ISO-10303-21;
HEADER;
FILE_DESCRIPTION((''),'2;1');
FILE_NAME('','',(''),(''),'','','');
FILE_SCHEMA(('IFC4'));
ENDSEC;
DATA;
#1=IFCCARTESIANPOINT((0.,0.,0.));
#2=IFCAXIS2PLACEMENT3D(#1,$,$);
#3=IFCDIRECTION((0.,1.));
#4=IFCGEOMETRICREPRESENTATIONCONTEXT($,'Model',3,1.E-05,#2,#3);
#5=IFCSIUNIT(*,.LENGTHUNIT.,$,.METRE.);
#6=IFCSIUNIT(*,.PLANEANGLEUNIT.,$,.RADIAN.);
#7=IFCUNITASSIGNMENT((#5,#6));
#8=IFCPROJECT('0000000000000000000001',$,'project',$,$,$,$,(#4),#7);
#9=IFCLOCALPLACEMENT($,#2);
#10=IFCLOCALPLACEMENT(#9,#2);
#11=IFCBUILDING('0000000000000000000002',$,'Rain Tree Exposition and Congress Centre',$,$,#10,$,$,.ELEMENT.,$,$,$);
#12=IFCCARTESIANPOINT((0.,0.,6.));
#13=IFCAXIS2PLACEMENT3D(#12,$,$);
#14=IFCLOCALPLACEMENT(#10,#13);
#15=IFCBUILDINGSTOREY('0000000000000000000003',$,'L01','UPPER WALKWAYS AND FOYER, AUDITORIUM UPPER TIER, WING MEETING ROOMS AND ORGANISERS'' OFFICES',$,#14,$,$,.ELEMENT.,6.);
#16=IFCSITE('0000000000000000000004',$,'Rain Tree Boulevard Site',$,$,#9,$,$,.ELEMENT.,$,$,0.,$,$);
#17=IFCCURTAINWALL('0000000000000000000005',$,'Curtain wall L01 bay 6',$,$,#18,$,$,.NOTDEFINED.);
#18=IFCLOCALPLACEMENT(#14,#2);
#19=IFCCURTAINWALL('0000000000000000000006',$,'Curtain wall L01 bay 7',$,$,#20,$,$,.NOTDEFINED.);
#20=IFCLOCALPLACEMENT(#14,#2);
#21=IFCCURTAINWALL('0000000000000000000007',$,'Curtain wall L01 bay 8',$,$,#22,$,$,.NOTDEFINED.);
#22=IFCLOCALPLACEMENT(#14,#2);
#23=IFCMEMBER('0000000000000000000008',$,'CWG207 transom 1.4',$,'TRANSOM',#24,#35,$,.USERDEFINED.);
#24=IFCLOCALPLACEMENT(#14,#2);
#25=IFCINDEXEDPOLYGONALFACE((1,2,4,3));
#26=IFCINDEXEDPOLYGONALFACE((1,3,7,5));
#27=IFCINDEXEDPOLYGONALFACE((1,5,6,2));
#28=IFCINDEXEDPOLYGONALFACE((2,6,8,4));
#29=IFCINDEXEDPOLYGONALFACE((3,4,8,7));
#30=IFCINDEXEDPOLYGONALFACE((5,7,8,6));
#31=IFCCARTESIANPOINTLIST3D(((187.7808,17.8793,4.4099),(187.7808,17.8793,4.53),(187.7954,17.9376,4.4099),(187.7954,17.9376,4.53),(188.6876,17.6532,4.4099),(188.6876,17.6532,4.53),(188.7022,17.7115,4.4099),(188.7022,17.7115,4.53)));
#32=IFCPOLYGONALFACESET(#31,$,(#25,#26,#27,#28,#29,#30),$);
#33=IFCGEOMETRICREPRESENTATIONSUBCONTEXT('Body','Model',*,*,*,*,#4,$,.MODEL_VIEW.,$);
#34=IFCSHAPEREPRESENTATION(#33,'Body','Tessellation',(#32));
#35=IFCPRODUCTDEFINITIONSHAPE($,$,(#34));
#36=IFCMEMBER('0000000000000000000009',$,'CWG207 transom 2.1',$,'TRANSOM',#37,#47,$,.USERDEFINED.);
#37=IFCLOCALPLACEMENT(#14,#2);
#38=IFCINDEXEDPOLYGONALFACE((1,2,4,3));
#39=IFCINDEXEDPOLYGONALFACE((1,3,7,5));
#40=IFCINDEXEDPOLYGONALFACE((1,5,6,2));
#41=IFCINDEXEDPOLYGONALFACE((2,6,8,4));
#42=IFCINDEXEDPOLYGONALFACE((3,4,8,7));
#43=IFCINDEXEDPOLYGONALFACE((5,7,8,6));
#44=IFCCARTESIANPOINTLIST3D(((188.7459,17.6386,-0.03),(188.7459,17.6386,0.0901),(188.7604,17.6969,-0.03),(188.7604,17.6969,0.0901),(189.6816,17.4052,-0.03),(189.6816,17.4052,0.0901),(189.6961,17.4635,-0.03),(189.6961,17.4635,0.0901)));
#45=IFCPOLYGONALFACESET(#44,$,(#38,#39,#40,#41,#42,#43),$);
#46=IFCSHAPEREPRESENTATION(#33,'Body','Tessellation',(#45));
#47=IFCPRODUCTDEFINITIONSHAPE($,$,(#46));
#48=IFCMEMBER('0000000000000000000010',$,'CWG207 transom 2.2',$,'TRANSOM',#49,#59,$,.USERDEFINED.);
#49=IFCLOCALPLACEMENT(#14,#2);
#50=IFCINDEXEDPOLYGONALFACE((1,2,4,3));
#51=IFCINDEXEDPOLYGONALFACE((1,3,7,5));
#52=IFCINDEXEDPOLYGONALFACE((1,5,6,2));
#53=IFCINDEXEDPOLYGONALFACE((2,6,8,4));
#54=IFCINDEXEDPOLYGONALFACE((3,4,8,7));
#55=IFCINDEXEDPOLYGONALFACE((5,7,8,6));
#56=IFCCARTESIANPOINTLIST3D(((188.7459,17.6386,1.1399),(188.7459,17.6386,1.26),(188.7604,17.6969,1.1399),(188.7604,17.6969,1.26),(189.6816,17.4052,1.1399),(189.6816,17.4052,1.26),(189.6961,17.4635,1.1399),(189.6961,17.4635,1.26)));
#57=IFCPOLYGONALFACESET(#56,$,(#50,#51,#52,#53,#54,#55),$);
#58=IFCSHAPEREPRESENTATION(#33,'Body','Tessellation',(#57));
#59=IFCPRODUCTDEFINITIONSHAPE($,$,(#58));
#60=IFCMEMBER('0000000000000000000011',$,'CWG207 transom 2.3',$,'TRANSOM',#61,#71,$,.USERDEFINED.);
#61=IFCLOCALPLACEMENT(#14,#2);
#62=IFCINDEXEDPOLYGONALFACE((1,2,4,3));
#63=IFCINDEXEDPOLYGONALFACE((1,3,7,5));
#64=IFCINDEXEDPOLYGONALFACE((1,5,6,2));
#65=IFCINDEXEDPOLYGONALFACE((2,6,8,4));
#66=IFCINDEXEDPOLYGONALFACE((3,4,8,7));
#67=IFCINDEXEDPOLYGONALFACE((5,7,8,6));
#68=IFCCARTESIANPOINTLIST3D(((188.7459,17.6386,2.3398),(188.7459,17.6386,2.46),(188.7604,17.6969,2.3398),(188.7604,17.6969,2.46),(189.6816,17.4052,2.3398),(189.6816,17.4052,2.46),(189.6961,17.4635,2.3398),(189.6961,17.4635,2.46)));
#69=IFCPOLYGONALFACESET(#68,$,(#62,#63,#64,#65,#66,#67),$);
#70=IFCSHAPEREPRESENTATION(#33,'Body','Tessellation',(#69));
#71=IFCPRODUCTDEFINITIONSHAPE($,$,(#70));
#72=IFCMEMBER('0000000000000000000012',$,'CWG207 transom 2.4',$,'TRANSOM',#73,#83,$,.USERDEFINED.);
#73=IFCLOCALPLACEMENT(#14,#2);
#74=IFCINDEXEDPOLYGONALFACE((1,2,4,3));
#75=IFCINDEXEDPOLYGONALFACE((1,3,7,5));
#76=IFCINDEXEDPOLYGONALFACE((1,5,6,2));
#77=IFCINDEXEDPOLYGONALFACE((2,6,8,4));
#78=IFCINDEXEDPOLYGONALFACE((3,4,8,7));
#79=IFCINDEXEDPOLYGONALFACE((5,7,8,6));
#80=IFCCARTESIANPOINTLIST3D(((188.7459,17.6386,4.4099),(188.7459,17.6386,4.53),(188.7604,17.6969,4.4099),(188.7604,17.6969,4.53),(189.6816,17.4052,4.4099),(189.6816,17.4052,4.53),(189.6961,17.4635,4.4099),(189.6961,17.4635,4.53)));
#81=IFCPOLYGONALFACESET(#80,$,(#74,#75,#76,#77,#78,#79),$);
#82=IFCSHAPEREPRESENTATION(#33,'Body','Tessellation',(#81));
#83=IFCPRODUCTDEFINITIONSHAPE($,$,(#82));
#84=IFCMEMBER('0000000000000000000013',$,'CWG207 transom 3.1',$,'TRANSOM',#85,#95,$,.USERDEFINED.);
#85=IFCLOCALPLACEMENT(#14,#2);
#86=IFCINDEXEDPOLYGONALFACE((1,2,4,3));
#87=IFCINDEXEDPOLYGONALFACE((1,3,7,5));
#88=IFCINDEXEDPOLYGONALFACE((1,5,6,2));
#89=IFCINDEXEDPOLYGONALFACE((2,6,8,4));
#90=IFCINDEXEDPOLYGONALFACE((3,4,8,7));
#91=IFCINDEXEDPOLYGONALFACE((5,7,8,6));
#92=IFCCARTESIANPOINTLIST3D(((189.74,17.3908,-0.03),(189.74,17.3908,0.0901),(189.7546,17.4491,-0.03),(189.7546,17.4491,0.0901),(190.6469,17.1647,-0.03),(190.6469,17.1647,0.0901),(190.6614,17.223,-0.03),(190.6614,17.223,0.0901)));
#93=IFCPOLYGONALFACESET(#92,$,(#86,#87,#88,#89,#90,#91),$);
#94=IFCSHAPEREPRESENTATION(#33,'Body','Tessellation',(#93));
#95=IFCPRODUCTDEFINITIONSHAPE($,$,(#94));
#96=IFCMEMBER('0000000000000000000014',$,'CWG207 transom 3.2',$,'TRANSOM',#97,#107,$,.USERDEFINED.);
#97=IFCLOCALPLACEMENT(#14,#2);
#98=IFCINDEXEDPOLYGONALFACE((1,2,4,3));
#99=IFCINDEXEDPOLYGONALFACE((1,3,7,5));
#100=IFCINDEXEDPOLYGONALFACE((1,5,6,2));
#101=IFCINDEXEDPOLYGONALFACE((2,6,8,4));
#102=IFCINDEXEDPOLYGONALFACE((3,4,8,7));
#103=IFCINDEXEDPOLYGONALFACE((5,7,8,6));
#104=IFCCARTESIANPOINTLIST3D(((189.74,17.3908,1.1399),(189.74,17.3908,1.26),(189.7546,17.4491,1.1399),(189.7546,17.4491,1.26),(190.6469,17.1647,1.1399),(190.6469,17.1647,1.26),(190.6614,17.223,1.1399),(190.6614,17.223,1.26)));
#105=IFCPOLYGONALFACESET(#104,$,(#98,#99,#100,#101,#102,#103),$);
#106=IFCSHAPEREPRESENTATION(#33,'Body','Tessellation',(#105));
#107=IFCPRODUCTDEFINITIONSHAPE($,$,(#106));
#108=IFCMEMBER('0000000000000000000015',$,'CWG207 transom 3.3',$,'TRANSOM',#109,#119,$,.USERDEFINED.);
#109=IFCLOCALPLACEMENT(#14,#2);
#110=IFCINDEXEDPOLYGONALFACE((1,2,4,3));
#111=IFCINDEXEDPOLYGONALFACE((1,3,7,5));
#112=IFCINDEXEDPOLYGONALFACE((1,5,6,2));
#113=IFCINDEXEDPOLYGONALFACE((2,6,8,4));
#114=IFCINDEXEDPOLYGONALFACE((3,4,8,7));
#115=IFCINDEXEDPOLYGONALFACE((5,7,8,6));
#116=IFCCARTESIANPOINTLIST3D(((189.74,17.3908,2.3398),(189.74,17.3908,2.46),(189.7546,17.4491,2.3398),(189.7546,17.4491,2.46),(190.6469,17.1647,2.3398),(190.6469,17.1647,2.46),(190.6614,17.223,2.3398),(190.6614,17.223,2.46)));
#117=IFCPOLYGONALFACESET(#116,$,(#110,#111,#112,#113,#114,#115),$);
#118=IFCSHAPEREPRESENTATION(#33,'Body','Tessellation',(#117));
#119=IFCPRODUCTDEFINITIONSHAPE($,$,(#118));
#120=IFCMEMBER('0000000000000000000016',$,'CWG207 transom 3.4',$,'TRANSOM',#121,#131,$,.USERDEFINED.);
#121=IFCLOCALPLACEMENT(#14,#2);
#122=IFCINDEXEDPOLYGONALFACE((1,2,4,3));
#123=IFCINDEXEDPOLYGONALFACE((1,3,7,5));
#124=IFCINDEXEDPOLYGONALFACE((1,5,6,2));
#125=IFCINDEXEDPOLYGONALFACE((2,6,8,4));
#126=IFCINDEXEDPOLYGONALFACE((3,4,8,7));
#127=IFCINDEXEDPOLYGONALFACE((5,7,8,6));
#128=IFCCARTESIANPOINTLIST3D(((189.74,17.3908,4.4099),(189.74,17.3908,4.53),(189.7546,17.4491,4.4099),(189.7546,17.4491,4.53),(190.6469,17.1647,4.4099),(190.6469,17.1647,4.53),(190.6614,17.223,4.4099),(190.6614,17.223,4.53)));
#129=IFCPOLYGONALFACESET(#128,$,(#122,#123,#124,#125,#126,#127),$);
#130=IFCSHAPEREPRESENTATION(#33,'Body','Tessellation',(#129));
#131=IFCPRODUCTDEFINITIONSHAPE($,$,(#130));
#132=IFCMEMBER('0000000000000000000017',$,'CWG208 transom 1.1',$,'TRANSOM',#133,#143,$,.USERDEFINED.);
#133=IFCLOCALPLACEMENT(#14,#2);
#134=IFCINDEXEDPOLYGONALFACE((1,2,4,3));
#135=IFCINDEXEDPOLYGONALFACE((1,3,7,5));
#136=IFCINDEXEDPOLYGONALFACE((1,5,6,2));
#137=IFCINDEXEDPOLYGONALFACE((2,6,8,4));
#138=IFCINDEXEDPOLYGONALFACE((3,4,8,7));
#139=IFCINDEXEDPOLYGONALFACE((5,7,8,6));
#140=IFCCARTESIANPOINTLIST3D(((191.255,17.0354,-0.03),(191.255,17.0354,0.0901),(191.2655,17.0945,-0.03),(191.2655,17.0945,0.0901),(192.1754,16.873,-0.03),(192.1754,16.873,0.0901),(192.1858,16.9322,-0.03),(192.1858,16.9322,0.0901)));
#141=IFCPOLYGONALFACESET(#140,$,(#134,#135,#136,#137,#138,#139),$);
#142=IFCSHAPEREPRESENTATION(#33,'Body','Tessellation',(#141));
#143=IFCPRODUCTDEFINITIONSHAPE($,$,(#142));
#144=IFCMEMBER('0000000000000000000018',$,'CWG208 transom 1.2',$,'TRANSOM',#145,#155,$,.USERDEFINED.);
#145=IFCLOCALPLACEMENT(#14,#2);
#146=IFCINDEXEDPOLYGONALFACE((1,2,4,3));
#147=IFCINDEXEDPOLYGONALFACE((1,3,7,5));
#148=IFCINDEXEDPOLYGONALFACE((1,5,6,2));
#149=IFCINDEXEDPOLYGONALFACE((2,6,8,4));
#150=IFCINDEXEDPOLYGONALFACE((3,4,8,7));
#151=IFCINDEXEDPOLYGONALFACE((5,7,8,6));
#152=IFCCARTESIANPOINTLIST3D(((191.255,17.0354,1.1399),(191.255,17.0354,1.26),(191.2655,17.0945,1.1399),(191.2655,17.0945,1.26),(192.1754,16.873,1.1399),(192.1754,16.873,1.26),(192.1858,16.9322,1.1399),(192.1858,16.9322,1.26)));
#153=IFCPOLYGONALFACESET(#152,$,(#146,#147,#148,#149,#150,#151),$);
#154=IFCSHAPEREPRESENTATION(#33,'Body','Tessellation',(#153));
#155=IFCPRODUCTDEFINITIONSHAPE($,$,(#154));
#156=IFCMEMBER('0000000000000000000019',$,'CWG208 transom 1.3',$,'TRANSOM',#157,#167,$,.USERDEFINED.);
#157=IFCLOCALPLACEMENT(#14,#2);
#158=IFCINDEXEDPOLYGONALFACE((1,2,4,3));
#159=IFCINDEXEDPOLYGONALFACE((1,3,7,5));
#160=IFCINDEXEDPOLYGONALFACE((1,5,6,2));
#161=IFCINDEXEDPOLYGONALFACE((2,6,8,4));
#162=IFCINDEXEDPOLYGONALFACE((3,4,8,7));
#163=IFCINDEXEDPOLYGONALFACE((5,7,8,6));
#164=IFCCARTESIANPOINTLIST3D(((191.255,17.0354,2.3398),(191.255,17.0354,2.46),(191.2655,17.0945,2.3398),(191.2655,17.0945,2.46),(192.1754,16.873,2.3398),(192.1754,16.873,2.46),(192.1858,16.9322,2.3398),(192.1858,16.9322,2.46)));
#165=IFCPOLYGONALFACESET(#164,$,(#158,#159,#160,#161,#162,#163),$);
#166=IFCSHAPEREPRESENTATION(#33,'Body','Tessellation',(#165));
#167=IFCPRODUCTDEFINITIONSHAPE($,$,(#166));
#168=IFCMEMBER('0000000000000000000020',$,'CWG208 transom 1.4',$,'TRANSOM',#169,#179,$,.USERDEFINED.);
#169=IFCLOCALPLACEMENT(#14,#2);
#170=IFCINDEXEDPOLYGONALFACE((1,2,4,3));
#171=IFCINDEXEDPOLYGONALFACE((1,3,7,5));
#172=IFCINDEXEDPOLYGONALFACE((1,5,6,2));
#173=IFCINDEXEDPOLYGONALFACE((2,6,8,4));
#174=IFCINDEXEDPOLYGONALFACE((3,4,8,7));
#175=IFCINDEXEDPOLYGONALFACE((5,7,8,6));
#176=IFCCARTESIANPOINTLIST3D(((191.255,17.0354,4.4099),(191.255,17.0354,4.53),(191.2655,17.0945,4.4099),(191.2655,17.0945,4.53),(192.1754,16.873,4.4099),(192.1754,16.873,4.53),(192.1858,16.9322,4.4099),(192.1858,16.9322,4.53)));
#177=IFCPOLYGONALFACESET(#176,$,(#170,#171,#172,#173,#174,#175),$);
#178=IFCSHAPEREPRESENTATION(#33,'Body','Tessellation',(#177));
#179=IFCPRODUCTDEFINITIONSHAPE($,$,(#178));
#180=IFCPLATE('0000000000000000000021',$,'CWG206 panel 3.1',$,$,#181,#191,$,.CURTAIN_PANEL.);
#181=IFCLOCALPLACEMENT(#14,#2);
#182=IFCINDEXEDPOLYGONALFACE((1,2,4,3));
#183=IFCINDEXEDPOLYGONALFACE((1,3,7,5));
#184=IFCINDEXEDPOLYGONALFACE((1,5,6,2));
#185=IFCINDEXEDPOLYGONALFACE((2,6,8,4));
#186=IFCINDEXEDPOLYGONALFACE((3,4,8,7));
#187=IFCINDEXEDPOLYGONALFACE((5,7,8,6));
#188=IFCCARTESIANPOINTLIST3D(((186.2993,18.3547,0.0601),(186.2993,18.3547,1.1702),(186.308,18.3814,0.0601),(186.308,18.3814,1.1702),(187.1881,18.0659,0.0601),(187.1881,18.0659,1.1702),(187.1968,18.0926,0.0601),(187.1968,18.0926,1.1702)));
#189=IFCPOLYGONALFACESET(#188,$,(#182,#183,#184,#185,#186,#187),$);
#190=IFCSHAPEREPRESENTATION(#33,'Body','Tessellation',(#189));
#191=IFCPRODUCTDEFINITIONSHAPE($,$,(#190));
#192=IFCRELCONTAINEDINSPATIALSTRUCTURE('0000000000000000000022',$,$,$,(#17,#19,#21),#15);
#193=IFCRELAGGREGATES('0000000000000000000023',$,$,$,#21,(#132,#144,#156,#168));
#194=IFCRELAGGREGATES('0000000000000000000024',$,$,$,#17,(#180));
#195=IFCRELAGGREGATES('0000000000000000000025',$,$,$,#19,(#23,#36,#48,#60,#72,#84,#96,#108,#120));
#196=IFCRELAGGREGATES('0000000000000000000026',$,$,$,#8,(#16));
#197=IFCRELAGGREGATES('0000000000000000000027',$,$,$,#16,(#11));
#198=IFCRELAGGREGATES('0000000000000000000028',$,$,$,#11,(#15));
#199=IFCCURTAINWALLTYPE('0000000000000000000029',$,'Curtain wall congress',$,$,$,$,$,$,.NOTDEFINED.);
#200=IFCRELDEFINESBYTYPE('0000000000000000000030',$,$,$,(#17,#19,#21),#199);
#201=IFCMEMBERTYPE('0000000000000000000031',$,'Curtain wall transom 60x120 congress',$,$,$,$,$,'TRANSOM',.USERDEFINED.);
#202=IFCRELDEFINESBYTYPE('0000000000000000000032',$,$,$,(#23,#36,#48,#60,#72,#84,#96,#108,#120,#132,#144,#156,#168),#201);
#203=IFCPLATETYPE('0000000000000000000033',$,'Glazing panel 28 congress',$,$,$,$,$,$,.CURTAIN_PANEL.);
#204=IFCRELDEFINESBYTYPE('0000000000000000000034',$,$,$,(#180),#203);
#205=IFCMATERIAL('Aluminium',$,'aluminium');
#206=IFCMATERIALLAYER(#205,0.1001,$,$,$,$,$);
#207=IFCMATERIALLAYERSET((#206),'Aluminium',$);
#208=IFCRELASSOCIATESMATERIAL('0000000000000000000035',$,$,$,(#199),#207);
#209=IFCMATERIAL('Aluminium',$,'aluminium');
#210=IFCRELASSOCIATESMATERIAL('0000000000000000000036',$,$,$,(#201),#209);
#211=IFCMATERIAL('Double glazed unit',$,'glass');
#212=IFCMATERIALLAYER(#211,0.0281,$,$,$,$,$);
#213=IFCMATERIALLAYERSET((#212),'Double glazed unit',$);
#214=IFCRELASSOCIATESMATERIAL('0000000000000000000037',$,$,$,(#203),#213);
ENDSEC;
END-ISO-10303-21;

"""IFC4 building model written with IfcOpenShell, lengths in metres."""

from ifc_helpers import new_model, si_unit, direction, frame, origin, origin_2d, place, context, subcontext, project, spatial, rectangle, extrude, material, layer, layer_set, material_profile, profile_set, type_object, element, aggregate, save


model = new_model("IFC4")

# Units and contexts
model_context = context("Model", 3, precision=1e-05, world=origin(), true_north=direction((0.0, 1.0)))
body_context = subcontext(model_context, "Body", "Model", "MODEL_VIEW")
ifc_project = project(units=[si_unit("LENGTHUNIT", "METRE"), si_unit("PLANEANGLEUNIT", "RADIAN")], contexts=[model_context])

# Site, building, storey
site_placement = place(None, origin())
site = spatial("IfcSite", under=ifc_project, at=site_placement, Name="Rain Tree Boulevard Site", CompositionType="ELEMENT", RefElevation=0.0)
building_placement = place(site_placement, origin())
building = spatial("IfcBuilding", under=site, at=building_placement, Name="Rain Tree Exposition and Congress Centre", CompositionType="ELEMENT")
storey_placement = place(building_placement, frame((0.0, 0.0, 6.0)))
storey = spatial("IfcBuildingStorey", under=building, at=storey_placement, Name="L01", Description="UPPER WALKWAYS AND FOYER, AUDITORIUM UPPER TIER, WING MEETING ROOMS AND ORGANISERS' OFFICES", CompositionType="ELEMENT", Elevation=6.0)

# Curtain wall
ifc_material_1 = material(Name="Aluminium", Category="aluminium")
ifc_layer_1 = layer(ifc_material_1, 0.1001)
ifc_layer_set_1 = layer_set([ifc_layer_1], Name="Aluminium")
curtain_wall_type = type_object("IfcCurtainWallType", Name="Curtain wall congress", PredefinedType="NOTDEFINED", material=ifc_layer_set_1)
curtain_wall_1_placement = place(storey_placement, origin())
curtain_wall_1 = element("IfcCurtainWall", 1, at=curtain_wall_1_placement, inside=storey, type_object=curtain_wall_type, Name="Curtain wall L01 bay 6", PredefinedType="NOTDEFINED")

# Curtain wall
curtain_wall_2_placement = place(storey_placement, origin())
curtain_wall_2 = element("IfcCurtainWall", 2, at=curtain_wall_2_placement, inside=storey, type_object=curtain_wall_type, Name="Curtain wall L01 bay 7", PredefinedType="NOTDEFINED")

# Curtain wall
curtain_wall_3_placement = place(storey_placement, origin())
curtain_wall_3 = element("IfcCurtainWall", 3, at=curtain_wall_3_placement, inside=storey, type_object=curtain_wall_type, Name="Curtain wall L01 bay 8", PredefinedType="NOTDEFINED")

# Members
ifc_material_2 = material(Name="Aluminium", Category="aluminium")
ifc_material_profile_1 = material_profile(ifc_material_2, rectangle(XDim=0.0601, YDim=0.1201, at=origin_2d()), Name="AL 60x120")
ifc_profile_set_1 = profile_set([ifc_material_profile_1], Name="Aluminium")
member_type_1 = type_object("IfcMemberType", Name="Curtain wall transom 60x120 congress", ElementType="TRANSOM", PredefinedType="USERDEFINED", material=ifc_profile_set_1)
member_1_placement = place(storey_placement, frame((187.7881, 17.9084, 4.47), z_axis=(0.970296, -0.241921, 0.0), x_axis=(0.241921, 0.970296, 0.0)))
member_1 = element("IfcMember", 4, at=member_1_placement, type_object=member_type_1, Name="CWG207 transom 1.4", ObjectType="TRANSOM", PredefinedType="USERDEFINED", context=body_context, shape_type="SweptSolid", body=[
    extrude(rectangle(XDim=0.0601, YDim=0.1201, at=origin_2d()), origin(), (0.0, 0.0, 1.0), 0.9346),
])
member_2_placement = place(storey_placement, frame((188.7532, 17.6677, 0.03), z_axis=(0.970276, -0.242, 0.0), x_axis=(0.242, 0.970276, 0.0)))
member_2 = element("IfcMember", 5, at=member_2_placement, type_object=member_type_1, Name="CWG207 transom 2.1", ObjectType="TRANSOM", PredefinedType="USERDEFINED", context=body_context, shape_type="SweptSolid", body=[
    extrude(rectangle(XDim=0.0601, YDim=0.1201, at=origin_2d()), origin(), (0.0, 0.0, 1.0), 0.9644),
])
member_3_placement = place(storey_placement, frame((188.7532, 17.6677, 1.2), z_axis=(0.970276, -0.242, 0.0), x_axis=(0.242, 0.970276, 0.0)))
member_3 = element("IfcMember", 6, at=member_3_placement, type_object=member_type_1, Name="CWG207 transom 2.2", ObjectType="TRANSOM", PredefinedType="USERDEFINED", context=body_context, shape_type="SweptSolid", body=[
    extrude(rectangle(XDim=0.0601, YDim=0.1201, at=origin_2d()), origin(), (0.0, 0.0, 1.0), 0.9644),
])
member_4_placement = place(storey_placement, frame((188.7532, 17.6677, 2.3999), z_axis=(0.970276, -0.242, 0.0), x_axis=(0.242, 0.970276, 0.0)))
member_4 = element("IfcMember", 7, at=member_4_placement, type_object=member_type_1, Name="CWG207 transom 2.3", ObjectType="TRANSOM", PredefinedType="USERDEFINED", context=body_context, shape_type="SweptSolid", body=[
    extrude(rectangle(XDim=0.0601, YDim=0.1201, at=origin_2d()), origin(), (0.0, 0.0, 1.0), 0.9644),
])
member_5_placement = place(storey_placement, frame((188.7532, 17.6677, 4.47), z_axis=(0.970276, -0.242, 0.0), x_axis=(0.242, 0.970276, 0.0)))
member_5 = element("IfcMember", 8, at=member_5_placement, type_object=member_type_1, Name="CWG207 transom 2.4", ObjectType="TRANSOM", PredefinedType="USERDEFINED", context=body_context, shape_type="SweptSolid", body=[
    extrude(rectangle(XDim=0.0601, YDim=0.1201, at=origin_2d()), origin(), (0.0, 0.0, 1.0), 0.9644),
])
member_6_placement = place(storey_placement, frame((189.7473, 17.4199, 0.03), z_axis=(0.970296, -0.241921, 0.0), x_axis=(0.241921, 0.970296, 0.0)))
member_6 = element("IfcMember", 9, at=member_6_placement, type_object=member_type_1, Name="CWG207 transom 3.1", ObjectType="TRANSOM", PredefinedType="USERDEFINED", context=body_context, shape_type="SweptSolid", body=[
    extrude(rectangle(XDim=0.0601, YDim=0.1201, at=origin_2d()), origin(), (0.0, 0.0, 1.0), 0.9346),
])
member_7_placement = place(storey_placement, frame((189.7473, 17.4199, 1.2), z_axis=(0.970296, -0.241921, 0.0), x_axis=(0.241921, 0.970296, 0.0)))
member_7 = element("IfcMember", 10, at=member_7_placement, type_object=member_type_1, Name="CWG207 transom 3.2", ObjectType="TRANSOM", PredefinedType="USERDEFINED", context=body_context, shape_type="SweptSolid", body=[
    extrude(rectangle(XDim=0.0601, YDim=0.1201, at=origin_2d()), origin(), (0.0, 0.0, 1.0), 0.9346),
])
member_8_placement = place(storey_placement, frame((189.7473, 17.4199, 2.3999), z_axis=(0.970296, -0.241921, 0.0), x_axis=(0.241921, 0.970296, 0.0)))
member_8 = element("IfcMember", 11, at=member_8_placement, type_object=member_type_1, Name="CWG207 transom 3.3", ObjectType="TRANSOM", PredefinedType="USERDEFINED", context=body_context, shape_type="SweptSolid", body=[
    extrude(rectangle(XDim=0.0601, YDim=0.1201, at=origin_2d()), origin(), (0.0, 0.0, 1.0), 0.9346),
])
member_9_placement = place(storey_placement, frame((189.7473, 17.4199, 4.47), z_axis=(0.970296, -0.241921, 0.0), x_axis=(0.241921, 0.970296, 0.0)))
member_9 = element("IfcMember", 12, at=member_9_placement, type_object=member_type_1, Name="CWG207 transom 3.4", ObjectType="TRANSOM", PredefinedType="USERDEFINED", context=body_context, shape_type="SweptSolid", body=[
    extrude(rectangle(XDim=0.0601, YDim=0.1201, at=origin_2d()), origin(), (0.0, 0.0, 1.0), 0.9346),
])
member_10_placement = place(storey_placement, frame((191.2603, 17.0649, 0.03), z_axis=(0.984797, -0.173711, 0.0), x_axis=(0.173711, 0.984797, 0.0)))
member_10 = element("IfcMember", 13, at=member_10_placement, type_object=member_type_1, Name="CWG208 transom 1.1", ObjectType="TRANSOM", PredefinedType="USERDEFINED", context=body_context, shape_type="SweptSolid", body=[
    extrude(rectangle(XDim=0.0601, YDim=0.1201, at=origin_2d()), origin(), (0.0, 0.0, 1.0), 0.9346),
])
member_11_placement = place(storey_placement, frame((191.2603, 17.0649, 1.2), z_axis=(0.984797, -0.173711, 0.0), x_axis=(0.173711, 0.984797, 0.0)))
member_11 = element("IfcMember", 14, at=member_11_placement, type_object=member_type_1, Name="CWG208 transom 1.2", ObjectType="TRANSOM", PredefinedType="USERDEFINED", context=body_context, shape_type="SweptSolid", body=[
    extrude(rectangle(XDim=0.0601, YDim=0.1201, at=origin_2d()), origin(), (0.0, 0.0, 1.0), 0.9346),
])
member_12_placement = place(storey_placement, frame((191.2603, 17.0649, 2.3999), z_axis=(0.984797, -0.173711, 0.0), x_axis=(0.173711, 0.984797, 0.0)))
member_12 = element("IfcMember", 15, at=member_12_placement, type_object=member_type_1, Name="CWG208 transom 1.3", ObjectType="TRANSOM", PredefinedType="USERDEFINED", context=body_context, shape_type="SweptSolid", body=[
    extrude(rectangle(XDim=0.0601, YDim=0.1201, at=origin_2d()), origin(), (0.0, 0.0, 1.0), 0.9346),
])
member_13_placement = place(storey_placement, frame((191.2603, 17.0649, 4.47), z_axis=(0.984797, -0.173711, 0.0), x_axis=(0.173711, 0.984797, 0.0)))
member_13 = element("IfcMember", 16, at=member_13_placement, type_object=member_type_1, Name="CWG208 transom 1.4", ObjectType="TRANSOM", PredefinedType="USERDEFINED", context=body_context, shape_type="SweptSolid", body=[
    extrude(rectangle(XDim=0.0601, YDim=0.1201, at=origin_2d()), origin(), (0.0, 0.0, 1.0), 0.9346),
])
aggregate(curtain_wall_3, [member_10, member_11, member_12, member_13])

# Plate
ifc_material_3 = material(Name="Double glazed unit", Category="glass")
ifc_layer_2 = layer(ifc_material_3, 0.0281)
ifc_layer_set_2 = layer_set([ifc_layer_2], Name="Double glazed unit")
plate_type = type_object("IfcPlateType", Name="Glazing panel 28 congress", PredefinedType="CURTAIN_PANEL", material=ifc_layer_set_2)
plate_1_placement = place(storey_placement, frame((186.748, 18.2236, 0.0601), z_axis=(0.0, 0.0, 1.0), x_axis=(0.95106, -0.309006, 0.0)))
plate_1 = element("IfcPlate", 17, at=plate_1_placement, type_object=plate_type, Name="CWG206 panel 3.1", PredefinedType="CURTAIN_PANEL", context=body_context, shape_type="SweptSolid", body=[
    extrude(rectangle(XDim=0.9346, YDim=0.0281, at=origin_2d()), origin(), (0.0, 0.0, 1.0), 1.1101),
])
aggregate(curtain_wall_1, [plate_1])
aggregate(curtain_wall_2, [member_1, member_2, member_3, member_4, member_5, member_6, member_7, member_8, member_9])

save(model, "model.ifc")
